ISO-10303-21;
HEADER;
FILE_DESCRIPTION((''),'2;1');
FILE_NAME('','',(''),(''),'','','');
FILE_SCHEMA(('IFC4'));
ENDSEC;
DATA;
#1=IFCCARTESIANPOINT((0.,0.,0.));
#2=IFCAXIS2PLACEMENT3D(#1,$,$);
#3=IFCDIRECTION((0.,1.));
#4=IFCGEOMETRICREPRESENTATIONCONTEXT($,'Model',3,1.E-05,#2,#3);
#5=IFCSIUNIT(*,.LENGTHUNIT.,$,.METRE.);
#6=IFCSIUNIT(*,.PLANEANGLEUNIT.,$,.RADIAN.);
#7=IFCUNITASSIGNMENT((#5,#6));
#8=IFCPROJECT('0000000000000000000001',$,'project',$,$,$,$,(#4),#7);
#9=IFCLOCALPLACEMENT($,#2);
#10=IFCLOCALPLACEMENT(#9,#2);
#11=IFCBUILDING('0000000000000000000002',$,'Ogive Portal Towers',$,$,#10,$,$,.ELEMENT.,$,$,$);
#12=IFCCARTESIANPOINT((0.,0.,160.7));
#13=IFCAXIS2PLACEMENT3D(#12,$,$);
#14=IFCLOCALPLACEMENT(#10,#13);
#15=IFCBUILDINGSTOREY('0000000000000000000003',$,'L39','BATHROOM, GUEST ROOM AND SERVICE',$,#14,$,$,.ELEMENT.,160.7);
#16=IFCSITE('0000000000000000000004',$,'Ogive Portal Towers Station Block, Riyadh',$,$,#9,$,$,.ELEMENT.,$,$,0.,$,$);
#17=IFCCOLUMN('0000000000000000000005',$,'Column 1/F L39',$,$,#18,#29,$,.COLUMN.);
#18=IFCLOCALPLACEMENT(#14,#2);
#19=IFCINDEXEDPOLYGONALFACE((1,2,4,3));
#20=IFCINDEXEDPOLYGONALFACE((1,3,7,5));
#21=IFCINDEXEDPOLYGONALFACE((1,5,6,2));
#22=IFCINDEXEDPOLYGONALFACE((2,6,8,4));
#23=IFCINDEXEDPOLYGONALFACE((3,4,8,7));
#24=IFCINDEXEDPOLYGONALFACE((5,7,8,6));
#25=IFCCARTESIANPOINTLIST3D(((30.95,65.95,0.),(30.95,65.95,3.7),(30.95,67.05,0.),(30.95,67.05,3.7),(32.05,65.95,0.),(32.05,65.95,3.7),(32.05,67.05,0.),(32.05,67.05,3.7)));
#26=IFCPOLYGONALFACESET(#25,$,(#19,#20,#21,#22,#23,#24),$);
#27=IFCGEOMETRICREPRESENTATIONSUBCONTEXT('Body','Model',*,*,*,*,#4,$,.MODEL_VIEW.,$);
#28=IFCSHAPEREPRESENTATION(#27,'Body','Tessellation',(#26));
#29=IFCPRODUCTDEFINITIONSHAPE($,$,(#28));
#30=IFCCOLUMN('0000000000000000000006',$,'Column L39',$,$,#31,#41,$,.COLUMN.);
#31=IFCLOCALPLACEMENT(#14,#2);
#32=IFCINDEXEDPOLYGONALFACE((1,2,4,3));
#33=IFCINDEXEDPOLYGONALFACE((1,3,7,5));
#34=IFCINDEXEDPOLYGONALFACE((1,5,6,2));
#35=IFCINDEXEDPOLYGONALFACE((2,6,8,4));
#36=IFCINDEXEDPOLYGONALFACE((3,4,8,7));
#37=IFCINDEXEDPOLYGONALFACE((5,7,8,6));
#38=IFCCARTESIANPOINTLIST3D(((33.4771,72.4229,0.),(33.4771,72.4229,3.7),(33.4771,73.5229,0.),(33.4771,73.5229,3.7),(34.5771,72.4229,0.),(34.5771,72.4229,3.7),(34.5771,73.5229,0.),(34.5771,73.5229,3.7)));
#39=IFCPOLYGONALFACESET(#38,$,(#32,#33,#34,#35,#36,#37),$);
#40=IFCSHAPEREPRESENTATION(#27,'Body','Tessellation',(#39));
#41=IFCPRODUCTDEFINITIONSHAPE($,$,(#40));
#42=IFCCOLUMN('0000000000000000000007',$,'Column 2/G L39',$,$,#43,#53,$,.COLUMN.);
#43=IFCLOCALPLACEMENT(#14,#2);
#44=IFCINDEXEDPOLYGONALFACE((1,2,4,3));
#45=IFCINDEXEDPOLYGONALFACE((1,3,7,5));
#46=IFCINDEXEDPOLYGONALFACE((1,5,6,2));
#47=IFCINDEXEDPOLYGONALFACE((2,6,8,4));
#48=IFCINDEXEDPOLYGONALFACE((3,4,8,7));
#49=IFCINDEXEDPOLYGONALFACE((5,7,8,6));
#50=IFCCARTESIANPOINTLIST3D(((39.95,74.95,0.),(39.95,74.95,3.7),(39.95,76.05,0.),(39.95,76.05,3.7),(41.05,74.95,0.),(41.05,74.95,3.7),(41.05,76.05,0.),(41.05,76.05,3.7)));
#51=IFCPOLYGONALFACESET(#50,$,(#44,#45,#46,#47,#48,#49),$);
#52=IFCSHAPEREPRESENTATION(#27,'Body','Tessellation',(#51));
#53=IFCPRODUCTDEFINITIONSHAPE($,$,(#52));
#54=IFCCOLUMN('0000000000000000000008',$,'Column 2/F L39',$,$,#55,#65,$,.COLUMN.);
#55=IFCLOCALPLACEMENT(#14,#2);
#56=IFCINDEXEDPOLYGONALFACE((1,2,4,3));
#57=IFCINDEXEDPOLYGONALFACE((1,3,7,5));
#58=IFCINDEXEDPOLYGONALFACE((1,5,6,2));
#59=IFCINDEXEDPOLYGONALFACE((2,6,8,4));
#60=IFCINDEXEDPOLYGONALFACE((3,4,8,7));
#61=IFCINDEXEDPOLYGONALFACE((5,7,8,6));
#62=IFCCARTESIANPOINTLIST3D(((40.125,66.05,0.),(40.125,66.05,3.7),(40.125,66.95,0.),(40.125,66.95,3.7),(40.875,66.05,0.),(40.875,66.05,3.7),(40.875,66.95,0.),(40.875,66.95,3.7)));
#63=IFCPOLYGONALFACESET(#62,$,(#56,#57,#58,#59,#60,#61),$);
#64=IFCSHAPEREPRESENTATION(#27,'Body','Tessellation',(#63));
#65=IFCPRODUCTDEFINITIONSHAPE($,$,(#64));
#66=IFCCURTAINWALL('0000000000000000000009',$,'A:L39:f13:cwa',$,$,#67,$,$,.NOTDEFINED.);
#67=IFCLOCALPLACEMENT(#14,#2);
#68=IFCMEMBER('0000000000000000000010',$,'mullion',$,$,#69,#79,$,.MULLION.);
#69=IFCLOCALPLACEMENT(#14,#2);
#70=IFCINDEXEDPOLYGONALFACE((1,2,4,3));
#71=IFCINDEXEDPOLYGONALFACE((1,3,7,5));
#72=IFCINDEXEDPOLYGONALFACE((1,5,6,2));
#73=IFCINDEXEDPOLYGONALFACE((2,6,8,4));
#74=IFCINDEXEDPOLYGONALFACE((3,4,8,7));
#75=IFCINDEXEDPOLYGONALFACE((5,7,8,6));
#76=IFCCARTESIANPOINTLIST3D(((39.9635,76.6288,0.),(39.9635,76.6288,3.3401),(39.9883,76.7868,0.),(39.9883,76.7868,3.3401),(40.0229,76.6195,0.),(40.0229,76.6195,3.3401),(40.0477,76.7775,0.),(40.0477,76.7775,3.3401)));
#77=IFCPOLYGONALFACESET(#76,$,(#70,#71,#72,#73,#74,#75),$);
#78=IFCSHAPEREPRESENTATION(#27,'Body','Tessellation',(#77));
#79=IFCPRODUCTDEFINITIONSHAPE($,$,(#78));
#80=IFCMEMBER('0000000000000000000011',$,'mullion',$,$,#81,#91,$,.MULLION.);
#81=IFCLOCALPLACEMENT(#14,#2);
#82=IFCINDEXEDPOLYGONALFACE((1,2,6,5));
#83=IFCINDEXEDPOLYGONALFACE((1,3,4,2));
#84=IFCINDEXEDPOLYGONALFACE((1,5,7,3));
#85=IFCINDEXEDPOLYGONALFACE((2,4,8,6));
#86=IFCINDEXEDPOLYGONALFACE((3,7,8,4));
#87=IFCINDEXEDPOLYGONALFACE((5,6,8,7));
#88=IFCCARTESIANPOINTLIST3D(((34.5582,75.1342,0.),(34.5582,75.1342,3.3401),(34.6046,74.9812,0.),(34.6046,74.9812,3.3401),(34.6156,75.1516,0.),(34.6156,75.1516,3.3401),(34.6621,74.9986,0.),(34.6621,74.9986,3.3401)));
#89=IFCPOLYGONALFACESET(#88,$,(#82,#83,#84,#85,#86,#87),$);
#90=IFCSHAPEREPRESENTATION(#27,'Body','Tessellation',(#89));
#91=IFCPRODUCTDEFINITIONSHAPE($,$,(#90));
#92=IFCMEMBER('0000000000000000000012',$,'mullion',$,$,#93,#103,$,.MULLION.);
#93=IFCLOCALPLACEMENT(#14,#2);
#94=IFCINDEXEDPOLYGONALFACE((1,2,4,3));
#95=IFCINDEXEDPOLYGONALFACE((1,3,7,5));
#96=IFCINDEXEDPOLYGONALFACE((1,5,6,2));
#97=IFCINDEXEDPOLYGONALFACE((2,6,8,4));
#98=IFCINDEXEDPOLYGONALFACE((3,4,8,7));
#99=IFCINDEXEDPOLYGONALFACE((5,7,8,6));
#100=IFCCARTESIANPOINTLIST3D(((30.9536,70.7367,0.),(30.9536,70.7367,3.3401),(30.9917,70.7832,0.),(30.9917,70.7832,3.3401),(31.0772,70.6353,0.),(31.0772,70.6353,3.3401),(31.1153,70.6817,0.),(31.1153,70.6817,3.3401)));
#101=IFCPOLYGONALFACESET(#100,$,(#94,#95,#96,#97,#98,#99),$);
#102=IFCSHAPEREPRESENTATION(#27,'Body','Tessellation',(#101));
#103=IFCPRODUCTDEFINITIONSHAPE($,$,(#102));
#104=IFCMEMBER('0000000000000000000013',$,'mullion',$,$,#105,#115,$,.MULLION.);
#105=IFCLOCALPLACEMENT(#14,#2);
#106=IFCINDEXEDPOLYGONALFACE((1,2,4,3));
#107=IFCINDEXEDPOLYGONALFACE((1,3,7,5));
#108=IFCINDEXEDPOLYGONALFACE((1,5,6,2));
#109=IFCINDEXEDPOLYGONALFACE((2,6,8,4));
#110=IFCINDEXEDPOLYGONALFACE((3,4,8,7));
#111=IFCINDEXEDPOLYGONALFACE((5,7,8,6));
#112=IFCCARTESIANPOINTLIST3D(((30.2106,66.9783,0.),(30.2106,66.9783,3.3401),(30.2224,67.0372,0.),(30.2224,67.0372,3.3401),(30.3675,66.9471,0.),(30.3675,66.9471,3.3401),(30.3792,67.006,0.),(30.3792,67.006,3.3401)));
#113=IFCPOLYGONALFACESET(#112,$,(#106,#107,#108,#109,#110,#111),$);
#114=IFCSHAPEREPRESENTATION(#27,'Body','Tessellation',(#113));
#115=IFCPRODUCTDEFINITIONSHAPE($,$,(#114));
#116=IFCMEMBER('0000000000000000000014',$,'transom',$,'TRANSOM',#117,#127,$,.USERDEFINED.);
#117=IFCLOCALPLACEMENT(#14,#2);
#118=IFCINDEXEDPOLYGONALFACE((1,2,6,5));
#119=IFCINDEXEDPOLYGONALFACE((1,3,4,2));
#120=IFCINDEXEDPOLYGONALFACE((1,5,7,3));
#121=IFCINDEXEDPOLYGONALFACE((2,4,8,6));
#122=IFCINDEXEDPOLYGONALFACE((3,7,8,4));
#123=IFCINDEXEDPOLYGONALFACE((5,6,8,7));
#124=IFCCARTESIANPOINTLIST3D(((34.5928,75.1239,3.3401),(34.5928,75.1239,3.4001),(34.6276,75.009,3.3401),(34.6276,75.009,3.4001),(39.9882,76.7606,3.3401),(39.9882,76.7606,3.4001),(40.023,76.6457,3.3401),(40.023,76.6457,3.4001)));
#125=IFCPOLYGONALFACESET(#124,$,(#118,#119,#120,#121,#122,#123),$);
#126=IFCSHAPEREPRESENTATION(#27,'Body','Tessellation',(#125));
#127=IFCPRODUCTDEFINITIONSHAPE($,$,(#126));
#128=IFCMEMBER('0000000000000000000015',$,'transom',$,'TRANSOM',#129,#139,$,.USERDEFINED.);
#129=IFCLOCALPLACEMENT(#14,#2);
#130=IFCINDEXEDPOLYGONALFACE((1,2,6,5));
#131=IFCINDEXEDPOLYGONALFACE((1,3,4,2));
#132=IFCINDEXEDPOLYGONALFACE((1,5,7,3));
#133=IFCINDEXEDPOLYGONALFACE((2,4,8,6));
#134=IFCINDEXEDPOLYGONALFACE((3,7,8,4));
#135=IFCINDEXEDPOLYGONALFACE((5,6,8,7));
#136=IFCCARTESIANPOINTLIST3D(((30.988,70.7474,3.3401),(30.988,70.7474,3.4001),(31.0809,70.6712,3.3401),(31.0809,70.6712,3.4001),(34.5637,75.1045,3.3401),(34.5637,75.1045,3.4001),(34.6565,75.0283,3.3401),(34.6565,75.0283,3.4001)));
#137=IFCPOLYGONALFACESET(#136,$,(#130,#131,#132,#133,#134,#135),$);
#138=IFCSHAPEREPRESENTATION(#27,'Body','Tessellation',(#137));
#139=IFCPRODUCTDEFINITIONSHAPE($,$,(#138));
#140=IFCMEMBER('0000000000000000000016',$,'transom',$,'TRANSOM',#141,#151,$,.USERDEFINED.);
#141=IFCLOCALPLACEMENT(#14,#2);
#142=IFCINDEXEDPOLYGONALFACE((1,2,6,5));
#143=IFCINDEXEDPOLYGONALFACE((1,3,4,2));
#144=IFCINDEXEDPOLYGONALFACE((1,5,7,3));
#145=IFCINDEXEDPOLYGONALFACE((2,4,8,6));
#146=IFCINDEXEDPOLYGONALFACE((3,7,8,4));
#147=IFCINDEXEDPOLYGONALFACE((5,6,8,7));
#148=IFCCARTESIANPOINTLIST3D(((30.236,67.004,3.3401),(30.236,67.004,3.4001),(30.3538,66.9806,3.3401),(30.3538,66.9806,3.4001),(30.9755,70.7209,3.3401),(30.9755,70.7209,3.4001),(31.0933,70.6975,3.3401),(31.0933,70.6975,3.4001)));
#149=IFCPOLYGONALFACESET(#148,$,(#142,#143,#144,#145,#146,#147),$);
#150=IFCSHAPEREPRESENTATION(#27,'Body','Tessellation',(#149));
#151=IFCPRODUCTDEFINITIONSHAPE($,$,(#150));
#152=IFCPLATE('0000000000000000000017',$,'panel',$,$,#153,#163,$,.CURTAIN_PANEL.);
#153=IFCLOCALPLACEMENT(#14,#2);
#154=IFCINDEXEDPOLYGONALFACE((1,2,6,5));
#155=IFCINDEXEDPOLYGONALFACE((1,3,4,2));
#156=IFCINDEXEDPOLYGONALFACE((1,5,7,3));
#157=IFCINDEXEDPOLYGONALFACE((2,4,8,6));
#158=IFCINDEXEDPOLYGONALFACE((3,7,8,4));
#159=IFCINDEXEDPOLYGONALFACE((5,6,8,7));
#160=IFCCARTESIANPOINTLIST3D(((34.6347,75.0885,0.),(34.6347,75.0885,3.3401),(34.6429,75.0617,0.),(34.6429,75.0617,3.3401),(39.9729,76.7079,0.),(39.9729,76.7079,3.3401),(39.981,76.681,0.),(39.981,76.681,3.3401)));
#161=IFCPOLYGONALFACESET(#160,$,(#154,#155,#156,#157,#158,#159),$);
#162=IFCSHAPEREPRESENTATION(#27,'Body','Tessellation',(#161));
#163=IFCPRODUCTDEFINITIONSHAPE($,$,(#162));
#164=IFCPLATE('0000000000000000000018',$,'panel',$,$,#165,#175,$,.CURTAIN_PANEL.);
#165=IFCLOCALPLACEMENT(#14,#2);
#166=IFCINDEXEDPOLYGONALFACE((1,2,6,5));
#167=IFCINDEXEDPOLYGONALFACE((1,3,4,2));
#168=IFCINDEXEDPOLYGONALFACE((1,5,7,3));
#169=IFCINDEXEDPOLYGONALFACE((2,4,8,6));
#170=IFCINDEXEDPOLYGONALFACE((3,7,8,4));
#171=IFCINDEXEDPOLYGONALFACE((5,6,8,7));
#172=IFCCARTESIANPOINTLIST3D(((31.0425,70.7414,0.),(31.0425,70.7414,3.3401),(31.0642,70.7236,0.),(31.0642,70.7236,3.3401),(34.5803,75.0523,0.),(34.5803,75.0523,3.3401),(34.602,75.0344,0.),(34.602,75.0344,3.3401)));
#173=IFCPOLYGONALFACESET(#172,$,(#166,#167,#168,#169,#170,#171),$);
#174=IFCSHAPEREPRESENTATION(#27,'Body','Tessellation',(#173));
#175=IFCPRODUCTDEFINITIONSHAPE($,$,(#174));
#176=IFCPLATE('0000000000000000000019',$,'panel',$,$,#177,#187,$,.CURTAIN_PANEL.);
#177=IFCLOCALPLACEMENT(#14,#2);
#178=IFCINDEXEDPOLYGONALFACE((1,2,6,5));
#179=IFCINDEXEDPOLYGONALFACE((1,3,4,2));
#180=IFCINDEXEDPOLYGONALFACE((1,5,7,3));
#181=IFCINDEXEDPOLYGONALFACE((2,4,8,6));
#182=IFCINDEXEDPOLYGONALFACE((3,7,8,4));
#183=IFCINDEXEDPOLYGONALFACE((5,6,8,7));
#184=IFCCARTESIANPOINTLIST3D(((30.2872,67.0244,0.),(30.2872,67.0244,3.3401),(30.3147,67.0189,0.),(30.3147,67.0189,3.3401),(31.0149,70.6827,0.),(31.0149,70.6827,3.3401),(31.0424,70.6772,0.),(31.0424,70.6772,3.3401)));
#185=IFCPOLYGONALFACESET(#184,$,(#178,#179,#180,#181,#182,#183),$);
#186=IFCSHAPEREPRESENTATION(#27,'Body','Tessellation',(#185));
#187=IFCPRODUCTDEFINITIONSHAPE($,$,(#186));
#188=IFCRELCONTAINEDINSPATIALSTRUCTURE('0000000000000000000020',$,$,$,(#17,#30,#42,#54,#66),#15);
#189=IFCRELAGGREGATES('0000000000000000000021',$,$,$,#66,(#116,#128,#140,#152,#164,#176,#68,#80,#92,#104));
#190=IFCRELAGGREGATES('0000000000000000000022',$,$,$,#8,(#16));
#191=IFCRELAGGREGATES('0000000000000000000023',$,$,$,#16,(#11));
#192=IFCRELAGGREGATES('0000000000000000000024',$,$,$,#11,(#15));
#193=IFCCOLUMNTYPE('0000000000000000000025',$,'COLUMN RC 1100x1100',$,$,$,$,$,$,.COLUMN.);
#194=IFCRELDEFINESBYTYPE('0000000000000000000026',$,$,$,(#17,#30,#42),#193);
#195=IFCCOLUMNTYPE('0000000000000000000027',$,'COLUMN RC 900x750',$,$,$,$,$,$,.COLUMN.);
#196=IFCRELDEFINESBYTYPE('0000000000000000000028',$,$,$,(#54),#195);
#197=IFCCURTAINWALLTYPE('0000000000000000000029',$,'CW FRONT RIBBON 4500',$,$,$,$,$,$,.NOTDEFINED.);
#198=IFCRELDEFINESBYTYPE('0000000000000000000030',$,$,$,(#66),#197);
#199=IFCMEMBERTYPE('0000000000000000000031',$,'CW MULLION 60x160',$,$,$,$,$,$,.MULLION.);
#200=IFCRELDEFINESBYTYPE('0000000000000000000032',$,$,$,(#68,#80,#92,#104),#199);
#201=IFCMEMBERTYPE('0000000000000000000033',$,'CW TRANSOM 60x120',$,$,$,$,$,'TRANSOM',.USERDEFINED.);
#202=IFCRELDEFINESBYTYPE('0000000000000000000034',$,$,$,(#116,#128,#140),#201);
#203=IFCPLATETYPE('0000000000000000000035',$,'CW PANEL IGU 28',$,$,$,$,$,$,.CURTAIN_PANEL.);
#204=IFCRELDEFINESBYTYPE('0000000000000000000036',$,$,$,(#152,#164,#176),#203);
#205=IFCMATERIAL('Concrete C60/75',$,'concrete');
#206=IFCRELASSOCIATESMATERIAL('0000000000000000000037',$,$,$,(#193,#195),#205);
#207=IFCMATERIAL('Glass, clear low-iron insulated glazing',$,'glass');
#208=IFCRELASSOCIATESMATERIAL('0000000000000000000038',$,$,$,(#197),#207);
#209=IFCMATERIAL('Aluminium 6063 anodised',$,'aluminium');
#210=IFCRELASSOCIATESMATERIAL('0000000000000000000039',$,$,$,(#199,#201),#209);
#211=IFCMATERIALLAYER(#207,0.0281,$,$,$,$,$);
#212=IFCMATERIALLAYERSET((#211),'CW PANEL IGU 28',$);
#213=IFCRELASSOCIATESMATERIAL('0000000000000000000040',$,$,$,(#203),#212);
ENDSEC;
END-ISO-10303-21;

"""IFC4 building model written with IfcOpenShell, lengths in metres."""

from ifc_helpers import new_model, si_unit, direction, frame, origin, origin_2d, place, context, subcontext, project, spatial, rectangle, extrude, material, layer, layer_set, material_profile, profile_set, type_object, element, aggregate, save


model = new_model("IFC4")

# Units and contexts
model_context = context("Model", 3, precision=1e-05, world=origin(), true_north=direction((0.0, 1.0)))
body_context = subcontext(model_context, "Body", "Model", "MODEL_VIEW")
ifc_project = project(units=[si_unit("LENGTHUNIT", "METRE"), si_unit("PLANEANGLEUNIT", "RADIAN")], contexts=[model_context])

# Site, building, storey
site_placement = place(None, origin())
site = spatial("IfcSite", under=ifc_project, at=site_placement, Name="Ogive Portal Towers Station Block, Riyadh", CompositionType="ELEMENT", RefElevation=0.0)
building_placement = place(site_placement, origin())
building = spatial("IfcBuilding", under=site, at=building_placement, Name="Ogive Portal Towers", CompositionType="ELEMENT")
storey_placement = place(building_placement, frame((0.0, 0.0, 160.7)))
storey = spatial("IfcBuildingStorey", under=building, at=storey_placement, Name="L39", Description="BATHROOM, GUEST ROOM AND SERVICE", CompositionType="ELEMENT", Elevation=160.7)

# Columns
ifc_material_1 = material(Name="Concrete C60/75", Category="concrete")
ifc_material_profile_1 = material_profile(ifc_material_1, rectangle(XDim=1.1001, YDim=1.1001, at=origin_2d()), Name="RC 1100x1100")
ifc_profile_set_1 = profile_set([ifc_material_profile_1], Name="Concrete C60/75")
column_type_1 = type_object("IfcColumnType", Name="COLUMN RC 1100x1100", PredefinedType="COLUMN", material=ifc_profile_set_1)
for number, where, z_axis, x_axis, name in (
    (1, (31.5, 66.5, 0.0), (0.0, 0.0, 1.0), (1.0, 0.0, 0.0), "Column 1/F L39"),
    (2, (34.0271, 72.9729, 0.0), (0.0, 0.0, 1.0), (1.0, 0.0, 0.0), "Column L39"),
    (3, (40.5, 75.5, 0.0), (0.0, 0.0, 1.0), (1.0, 0.0, 0.0), "Column 2/G L39"),
):
    element("IfcColumn", number, at=place(storey_placement, frame(where, z_axis=z_axis, x_axis=x_axis)), inside=storey, type_object=column_type_1, Name=name, PredefinedType="COLUMN", context=body_context, shape_type="SweptSolid", body=[
        extrude(rectangle(XDim=1.1001, YDim=1.1001, at=origin_2d()), origin(), (0.0, 0.0, 1.0), 3.7),
    ])
ifc_material_profile_2 = material_profile(ifc_material_1, rectangle(XDim=0.8999, YDim=0.75, at=origin_2d()), Name="RC 900x750")
ifc_profile_set_2 = profile_set([ifc_material_profile_2], Name="Concrete C60/75")
column_type_2 = type_object("IfcColumnType", Name="COLUMN RC 900x750", PredefinedType="COLUMN", material=ifc_profile_set_2)
column_placement = place(storey_placement, frame((40.5, 66.5, 0.0), z_axis=(0.0, 0.0, 1.0), x_axis=(0.0, 1.0, 0.0)))
element("IfcColumn", 4, at=column_placement, inside=storey, type_object=column_type_2, Name="Column 2/F L39", PredefinedType="COLUMN", context=body_context, shape_type="SweptSolid", body=[
    extrude(rectangle(XDim=0.8999, YDim=0.75, at=origin_2d()), origin(), (0.0, 0.0, 1.0), 3.7),
])

# Curtain wall, members, plates
ifc_material_2 = material(Name="Glass, clear low-iron insulated glazing", Category="glass")
curtain_wall_type = type_object("IfcCurtainWallType", Name="CW FRONT RIBBON 4500", PredefinedType="NOTDEFINED", material=ifc_material_2)
curtain_wall_placement = place(storey_placement, origin())
curtain_wall = element("IfcCurtainWall", 5, at=curtain_wall_placement, inside=storey, type_object=curtain_wall_type, Name="A:L39:f13:cwa", PredefinedType="NOTDEFINED")
ifc_material_3 = material(Name="Aluminium 6063 anodised", Category="aluminium")
ifc_material_profile_3 = material_profile(ifc_material_3, rectangle(XDim=0.1599, YDim=0.0601, at=origin_2d()), Name="AL 60x160")
ifc_profile_set_3 = profile_set([ifc_material_profile_3], Name="Aluminium 6063 anodised")
member_type_1 = type_object("IfcMemberType", Name="CW MULLION 60x160", PredefinedType="MULLION", material=ifc_profile_set_3)
member_1_placement = place(storey_placement, frame((40.0056, 76.7031, 0.0), z_axis=(0.0, 0.0, 1.0), x_axis=(-0.155089, -0.987901, 0.0)))
member_1 = element("IfcMember", 6, at=member_1_placement, type_object=member_type_1, Name="mullion", PredefinedType="MULLION", context=body_context, shape_type="SweptSolid", body=[
    extrude(rectangle(XDim=0.1599, YDim=0.0601, at=origin_2d()), origin(), (0.0, 0.0, 1.0), 3.3401),
])
member_2_placement = place(storey_placement, frame((34.6101, 75.0664, 0.0), z_axis=(0.0, 0.0, 1.0), x_axis=(0.290285, -0.95694, 0.0)))
member_2 = element("IfcMember", 7, at=member_2_placement, type_object=member_type_1, Name="mullion", PredefinedType="MULLION", context=body_context, shape_type="SweptSolid", body=[
    extrude(rectangle(XDim=0.1599, YDim=0.0601, at=origin_2d()), origin(), (0.0, 0.0, 1.0), 3.3401),
])
member_3_placement = place(storey_placement, frame((31.0344, 70.7092, 0.0), z_axis=(0.0, 0.0, 1.0), x_axis=(0.77301, -0.634393, 0.0)))
member_3 = element("IfcMember", 8, at=member_3_placement, type_object=member_type_1, Name="mullion", PredefinedType="MULLION", context=body_context, shape_type="SweptSolid", body=[
    extrude(rectangle(XDim=0.1599, YDim=0.0601, at=origin_2d()), origin(), (0.0, 0.0, 1.0), 3.3401),
])
member_4_placement = place(storey_placement, frame((30.2949, 66.9922, 0.0), z_axis=(0.0, 0.0, 1.0), x_axis=(0.980785, -0.19509, 0.0)))
member_4 = element("IfcMember", 9, at=member_4_placement, type_object=member_type_1, Name="mullion", PredefinedType="MULLION", context=body_context, shape_type="SweptSolid", body=[
    extrude(rectangle(XDim=0.1599, YDim=0.0601, at=origin_2d()), origin(), (0.0, 0.0, 1.0), 3.3401),
])
ifc_material_profile_4 = material_profile(ifc_material_3, rectangle(XDim=0.1201, YDim=0.0601, at=origin_2d()), Name="AL 120x60")
ifc_profile_set_4 = profile_set([ifc_material_profile_4], Name="Aluminium 6063 anodised")
member_type_2 = type_object("IfcMemberType", Name="CW TRANSOM 60x120", ElementType="TRANSOM", PredefinedType="USERDEFINED", material=ifc_profile_set_4)
member_5_placement = place(storey_placement, frame((40.0056, 76.7031, 3.3701), z_axis=(-0.95694, -0.290286, 0.0), x_axis=(0.290286, -0.95694, 0.0)))
member_5 = element("IfcMember", 10, at=member_5_placement, type_object=member_type_2, Name="transom", ObjectType="TRANSOM", PredefinedType="USERDEFINED", context=body_context, shape_type="SweptSolid", body=[
    extrude(rectangle(XDim=0.1201, YDim=0.0601, at=origin_2d()), origin(), (0.0, 0.0, 1.0), 5.6382),
])
member_6_placement = place(storey_placement, frame((34.6101, 75.0664, 3.3701), z_axis=(-0.634376, -0.773024, 0.0), x_axis=(0.773024, -0.634376, 0.0)))
member_6 = element("IfcMember", 11, at=member_6_placement, type_object=member_type_2, Name="transom", ObjectType="TRANSOM", PredefinedType="USERDEFINED", context=body_context, shape_type="SweptSolid", body=[
    extrude(rectangle(XDim=0.1201, YDim=0.0601, at=origin_2d()), origin(), (0.0, 0.0, 1.0), 5.6365),
])
member_7_placement = place(storey_placement, frame((31.0344, 70.7092, 3.3701), z_axis=(-0.195125, -0.980778, 0.0), x_axis=(0.980778, -0.195125, 0.0)))
member_7 = element("IfcMember", 12, at=member_7_placement, type_object=member_type_2, Name="transom", ObjectType="TRANSOM", PredefinedType="USERDEFINED", context=body_context, shape_type="SweptSolid", body=[
    extrude(rectangle(XDim=0.1201, YDim=0.0601, at=origin_2d()), origin(), (0.0, 0.0, 1.0), 3.7898),
])
ifc_layer_1 = layer(ifc_material_2, 0.0281)
ifc_layer_set_1 = layer_set([ifc_layer_1], Name="CW PANEL IGU 28")
plate_type = type_object("IfcPlateType", Name="CW PANEL IGU 28", PredefinedType="CURTAIN_PANEL", material=ifc_layer_set_1)
plate_1_placement = place(storey_placement, frame((37.3079, 75.8848, 0.0), z_axis=(0.0, 0.0, 1.0), x_axis=(-0.95694, -0.290285, 0.0)))
plate_1 = element("IfcPlate", 13, at=plate_1_placement, type_object=plate_type, Name="panel", PredefinedType="CURTAIN_PANEL", context=body_context, shape_type="SweptSolid", body=[
    extrude(rectangle(XDim=5.5784, YDim=0.0281, at=origin_2d()), origin(), (0.0, 0.0, 1.0), 3.3401),
])
plate_2_placement = place(storey_placement, frame((32.8223, 72.8879, 0.0), z_axis=(0.0, 0.0, 1.0), x_axis=(-0.634393, -0.77301, 0.0)))
plate_2 = element("IfcPlate", 14, at=plate_2_placement, type_object=plate_type, Name="panel", PredefinedType="CURTAIN_PANEL", context=body_context, shape_type="SweptSolid", body=[
    extrude(rectangle(XDim=5.5767, YDim=0.0281, at=origin_2d()), origin(), (0.0, 0.0, 1.0), 3.3401),
])
plate_3_placement = place(storey_placement, frame((30.6648, 68.8508, 0.0), z_axis=(0.0, 0.0, 1.0), x_axis=(-0.19509, -0.980785, 0.0)))
plate_3 = element("IfcPlate", 15, at=plate_3_placement, type_object=plate_type, Name="panel", PredefinedType="CURTAIN_PANEL", context=body_context, shape_type="SweptSolid", body=[
    extrude(rectangle(XDim=3.73, YDim=0.0281, at=origin_2d()), origin(), (0.0, 0.0, 1.0), 3.3401),
])
aggregate(curtain_wall, [member_5, member_6, member_7, plate_1, plate_2, plate_3, member_1, member_2, member_3, member_4])

save(model, "model.ifc")
